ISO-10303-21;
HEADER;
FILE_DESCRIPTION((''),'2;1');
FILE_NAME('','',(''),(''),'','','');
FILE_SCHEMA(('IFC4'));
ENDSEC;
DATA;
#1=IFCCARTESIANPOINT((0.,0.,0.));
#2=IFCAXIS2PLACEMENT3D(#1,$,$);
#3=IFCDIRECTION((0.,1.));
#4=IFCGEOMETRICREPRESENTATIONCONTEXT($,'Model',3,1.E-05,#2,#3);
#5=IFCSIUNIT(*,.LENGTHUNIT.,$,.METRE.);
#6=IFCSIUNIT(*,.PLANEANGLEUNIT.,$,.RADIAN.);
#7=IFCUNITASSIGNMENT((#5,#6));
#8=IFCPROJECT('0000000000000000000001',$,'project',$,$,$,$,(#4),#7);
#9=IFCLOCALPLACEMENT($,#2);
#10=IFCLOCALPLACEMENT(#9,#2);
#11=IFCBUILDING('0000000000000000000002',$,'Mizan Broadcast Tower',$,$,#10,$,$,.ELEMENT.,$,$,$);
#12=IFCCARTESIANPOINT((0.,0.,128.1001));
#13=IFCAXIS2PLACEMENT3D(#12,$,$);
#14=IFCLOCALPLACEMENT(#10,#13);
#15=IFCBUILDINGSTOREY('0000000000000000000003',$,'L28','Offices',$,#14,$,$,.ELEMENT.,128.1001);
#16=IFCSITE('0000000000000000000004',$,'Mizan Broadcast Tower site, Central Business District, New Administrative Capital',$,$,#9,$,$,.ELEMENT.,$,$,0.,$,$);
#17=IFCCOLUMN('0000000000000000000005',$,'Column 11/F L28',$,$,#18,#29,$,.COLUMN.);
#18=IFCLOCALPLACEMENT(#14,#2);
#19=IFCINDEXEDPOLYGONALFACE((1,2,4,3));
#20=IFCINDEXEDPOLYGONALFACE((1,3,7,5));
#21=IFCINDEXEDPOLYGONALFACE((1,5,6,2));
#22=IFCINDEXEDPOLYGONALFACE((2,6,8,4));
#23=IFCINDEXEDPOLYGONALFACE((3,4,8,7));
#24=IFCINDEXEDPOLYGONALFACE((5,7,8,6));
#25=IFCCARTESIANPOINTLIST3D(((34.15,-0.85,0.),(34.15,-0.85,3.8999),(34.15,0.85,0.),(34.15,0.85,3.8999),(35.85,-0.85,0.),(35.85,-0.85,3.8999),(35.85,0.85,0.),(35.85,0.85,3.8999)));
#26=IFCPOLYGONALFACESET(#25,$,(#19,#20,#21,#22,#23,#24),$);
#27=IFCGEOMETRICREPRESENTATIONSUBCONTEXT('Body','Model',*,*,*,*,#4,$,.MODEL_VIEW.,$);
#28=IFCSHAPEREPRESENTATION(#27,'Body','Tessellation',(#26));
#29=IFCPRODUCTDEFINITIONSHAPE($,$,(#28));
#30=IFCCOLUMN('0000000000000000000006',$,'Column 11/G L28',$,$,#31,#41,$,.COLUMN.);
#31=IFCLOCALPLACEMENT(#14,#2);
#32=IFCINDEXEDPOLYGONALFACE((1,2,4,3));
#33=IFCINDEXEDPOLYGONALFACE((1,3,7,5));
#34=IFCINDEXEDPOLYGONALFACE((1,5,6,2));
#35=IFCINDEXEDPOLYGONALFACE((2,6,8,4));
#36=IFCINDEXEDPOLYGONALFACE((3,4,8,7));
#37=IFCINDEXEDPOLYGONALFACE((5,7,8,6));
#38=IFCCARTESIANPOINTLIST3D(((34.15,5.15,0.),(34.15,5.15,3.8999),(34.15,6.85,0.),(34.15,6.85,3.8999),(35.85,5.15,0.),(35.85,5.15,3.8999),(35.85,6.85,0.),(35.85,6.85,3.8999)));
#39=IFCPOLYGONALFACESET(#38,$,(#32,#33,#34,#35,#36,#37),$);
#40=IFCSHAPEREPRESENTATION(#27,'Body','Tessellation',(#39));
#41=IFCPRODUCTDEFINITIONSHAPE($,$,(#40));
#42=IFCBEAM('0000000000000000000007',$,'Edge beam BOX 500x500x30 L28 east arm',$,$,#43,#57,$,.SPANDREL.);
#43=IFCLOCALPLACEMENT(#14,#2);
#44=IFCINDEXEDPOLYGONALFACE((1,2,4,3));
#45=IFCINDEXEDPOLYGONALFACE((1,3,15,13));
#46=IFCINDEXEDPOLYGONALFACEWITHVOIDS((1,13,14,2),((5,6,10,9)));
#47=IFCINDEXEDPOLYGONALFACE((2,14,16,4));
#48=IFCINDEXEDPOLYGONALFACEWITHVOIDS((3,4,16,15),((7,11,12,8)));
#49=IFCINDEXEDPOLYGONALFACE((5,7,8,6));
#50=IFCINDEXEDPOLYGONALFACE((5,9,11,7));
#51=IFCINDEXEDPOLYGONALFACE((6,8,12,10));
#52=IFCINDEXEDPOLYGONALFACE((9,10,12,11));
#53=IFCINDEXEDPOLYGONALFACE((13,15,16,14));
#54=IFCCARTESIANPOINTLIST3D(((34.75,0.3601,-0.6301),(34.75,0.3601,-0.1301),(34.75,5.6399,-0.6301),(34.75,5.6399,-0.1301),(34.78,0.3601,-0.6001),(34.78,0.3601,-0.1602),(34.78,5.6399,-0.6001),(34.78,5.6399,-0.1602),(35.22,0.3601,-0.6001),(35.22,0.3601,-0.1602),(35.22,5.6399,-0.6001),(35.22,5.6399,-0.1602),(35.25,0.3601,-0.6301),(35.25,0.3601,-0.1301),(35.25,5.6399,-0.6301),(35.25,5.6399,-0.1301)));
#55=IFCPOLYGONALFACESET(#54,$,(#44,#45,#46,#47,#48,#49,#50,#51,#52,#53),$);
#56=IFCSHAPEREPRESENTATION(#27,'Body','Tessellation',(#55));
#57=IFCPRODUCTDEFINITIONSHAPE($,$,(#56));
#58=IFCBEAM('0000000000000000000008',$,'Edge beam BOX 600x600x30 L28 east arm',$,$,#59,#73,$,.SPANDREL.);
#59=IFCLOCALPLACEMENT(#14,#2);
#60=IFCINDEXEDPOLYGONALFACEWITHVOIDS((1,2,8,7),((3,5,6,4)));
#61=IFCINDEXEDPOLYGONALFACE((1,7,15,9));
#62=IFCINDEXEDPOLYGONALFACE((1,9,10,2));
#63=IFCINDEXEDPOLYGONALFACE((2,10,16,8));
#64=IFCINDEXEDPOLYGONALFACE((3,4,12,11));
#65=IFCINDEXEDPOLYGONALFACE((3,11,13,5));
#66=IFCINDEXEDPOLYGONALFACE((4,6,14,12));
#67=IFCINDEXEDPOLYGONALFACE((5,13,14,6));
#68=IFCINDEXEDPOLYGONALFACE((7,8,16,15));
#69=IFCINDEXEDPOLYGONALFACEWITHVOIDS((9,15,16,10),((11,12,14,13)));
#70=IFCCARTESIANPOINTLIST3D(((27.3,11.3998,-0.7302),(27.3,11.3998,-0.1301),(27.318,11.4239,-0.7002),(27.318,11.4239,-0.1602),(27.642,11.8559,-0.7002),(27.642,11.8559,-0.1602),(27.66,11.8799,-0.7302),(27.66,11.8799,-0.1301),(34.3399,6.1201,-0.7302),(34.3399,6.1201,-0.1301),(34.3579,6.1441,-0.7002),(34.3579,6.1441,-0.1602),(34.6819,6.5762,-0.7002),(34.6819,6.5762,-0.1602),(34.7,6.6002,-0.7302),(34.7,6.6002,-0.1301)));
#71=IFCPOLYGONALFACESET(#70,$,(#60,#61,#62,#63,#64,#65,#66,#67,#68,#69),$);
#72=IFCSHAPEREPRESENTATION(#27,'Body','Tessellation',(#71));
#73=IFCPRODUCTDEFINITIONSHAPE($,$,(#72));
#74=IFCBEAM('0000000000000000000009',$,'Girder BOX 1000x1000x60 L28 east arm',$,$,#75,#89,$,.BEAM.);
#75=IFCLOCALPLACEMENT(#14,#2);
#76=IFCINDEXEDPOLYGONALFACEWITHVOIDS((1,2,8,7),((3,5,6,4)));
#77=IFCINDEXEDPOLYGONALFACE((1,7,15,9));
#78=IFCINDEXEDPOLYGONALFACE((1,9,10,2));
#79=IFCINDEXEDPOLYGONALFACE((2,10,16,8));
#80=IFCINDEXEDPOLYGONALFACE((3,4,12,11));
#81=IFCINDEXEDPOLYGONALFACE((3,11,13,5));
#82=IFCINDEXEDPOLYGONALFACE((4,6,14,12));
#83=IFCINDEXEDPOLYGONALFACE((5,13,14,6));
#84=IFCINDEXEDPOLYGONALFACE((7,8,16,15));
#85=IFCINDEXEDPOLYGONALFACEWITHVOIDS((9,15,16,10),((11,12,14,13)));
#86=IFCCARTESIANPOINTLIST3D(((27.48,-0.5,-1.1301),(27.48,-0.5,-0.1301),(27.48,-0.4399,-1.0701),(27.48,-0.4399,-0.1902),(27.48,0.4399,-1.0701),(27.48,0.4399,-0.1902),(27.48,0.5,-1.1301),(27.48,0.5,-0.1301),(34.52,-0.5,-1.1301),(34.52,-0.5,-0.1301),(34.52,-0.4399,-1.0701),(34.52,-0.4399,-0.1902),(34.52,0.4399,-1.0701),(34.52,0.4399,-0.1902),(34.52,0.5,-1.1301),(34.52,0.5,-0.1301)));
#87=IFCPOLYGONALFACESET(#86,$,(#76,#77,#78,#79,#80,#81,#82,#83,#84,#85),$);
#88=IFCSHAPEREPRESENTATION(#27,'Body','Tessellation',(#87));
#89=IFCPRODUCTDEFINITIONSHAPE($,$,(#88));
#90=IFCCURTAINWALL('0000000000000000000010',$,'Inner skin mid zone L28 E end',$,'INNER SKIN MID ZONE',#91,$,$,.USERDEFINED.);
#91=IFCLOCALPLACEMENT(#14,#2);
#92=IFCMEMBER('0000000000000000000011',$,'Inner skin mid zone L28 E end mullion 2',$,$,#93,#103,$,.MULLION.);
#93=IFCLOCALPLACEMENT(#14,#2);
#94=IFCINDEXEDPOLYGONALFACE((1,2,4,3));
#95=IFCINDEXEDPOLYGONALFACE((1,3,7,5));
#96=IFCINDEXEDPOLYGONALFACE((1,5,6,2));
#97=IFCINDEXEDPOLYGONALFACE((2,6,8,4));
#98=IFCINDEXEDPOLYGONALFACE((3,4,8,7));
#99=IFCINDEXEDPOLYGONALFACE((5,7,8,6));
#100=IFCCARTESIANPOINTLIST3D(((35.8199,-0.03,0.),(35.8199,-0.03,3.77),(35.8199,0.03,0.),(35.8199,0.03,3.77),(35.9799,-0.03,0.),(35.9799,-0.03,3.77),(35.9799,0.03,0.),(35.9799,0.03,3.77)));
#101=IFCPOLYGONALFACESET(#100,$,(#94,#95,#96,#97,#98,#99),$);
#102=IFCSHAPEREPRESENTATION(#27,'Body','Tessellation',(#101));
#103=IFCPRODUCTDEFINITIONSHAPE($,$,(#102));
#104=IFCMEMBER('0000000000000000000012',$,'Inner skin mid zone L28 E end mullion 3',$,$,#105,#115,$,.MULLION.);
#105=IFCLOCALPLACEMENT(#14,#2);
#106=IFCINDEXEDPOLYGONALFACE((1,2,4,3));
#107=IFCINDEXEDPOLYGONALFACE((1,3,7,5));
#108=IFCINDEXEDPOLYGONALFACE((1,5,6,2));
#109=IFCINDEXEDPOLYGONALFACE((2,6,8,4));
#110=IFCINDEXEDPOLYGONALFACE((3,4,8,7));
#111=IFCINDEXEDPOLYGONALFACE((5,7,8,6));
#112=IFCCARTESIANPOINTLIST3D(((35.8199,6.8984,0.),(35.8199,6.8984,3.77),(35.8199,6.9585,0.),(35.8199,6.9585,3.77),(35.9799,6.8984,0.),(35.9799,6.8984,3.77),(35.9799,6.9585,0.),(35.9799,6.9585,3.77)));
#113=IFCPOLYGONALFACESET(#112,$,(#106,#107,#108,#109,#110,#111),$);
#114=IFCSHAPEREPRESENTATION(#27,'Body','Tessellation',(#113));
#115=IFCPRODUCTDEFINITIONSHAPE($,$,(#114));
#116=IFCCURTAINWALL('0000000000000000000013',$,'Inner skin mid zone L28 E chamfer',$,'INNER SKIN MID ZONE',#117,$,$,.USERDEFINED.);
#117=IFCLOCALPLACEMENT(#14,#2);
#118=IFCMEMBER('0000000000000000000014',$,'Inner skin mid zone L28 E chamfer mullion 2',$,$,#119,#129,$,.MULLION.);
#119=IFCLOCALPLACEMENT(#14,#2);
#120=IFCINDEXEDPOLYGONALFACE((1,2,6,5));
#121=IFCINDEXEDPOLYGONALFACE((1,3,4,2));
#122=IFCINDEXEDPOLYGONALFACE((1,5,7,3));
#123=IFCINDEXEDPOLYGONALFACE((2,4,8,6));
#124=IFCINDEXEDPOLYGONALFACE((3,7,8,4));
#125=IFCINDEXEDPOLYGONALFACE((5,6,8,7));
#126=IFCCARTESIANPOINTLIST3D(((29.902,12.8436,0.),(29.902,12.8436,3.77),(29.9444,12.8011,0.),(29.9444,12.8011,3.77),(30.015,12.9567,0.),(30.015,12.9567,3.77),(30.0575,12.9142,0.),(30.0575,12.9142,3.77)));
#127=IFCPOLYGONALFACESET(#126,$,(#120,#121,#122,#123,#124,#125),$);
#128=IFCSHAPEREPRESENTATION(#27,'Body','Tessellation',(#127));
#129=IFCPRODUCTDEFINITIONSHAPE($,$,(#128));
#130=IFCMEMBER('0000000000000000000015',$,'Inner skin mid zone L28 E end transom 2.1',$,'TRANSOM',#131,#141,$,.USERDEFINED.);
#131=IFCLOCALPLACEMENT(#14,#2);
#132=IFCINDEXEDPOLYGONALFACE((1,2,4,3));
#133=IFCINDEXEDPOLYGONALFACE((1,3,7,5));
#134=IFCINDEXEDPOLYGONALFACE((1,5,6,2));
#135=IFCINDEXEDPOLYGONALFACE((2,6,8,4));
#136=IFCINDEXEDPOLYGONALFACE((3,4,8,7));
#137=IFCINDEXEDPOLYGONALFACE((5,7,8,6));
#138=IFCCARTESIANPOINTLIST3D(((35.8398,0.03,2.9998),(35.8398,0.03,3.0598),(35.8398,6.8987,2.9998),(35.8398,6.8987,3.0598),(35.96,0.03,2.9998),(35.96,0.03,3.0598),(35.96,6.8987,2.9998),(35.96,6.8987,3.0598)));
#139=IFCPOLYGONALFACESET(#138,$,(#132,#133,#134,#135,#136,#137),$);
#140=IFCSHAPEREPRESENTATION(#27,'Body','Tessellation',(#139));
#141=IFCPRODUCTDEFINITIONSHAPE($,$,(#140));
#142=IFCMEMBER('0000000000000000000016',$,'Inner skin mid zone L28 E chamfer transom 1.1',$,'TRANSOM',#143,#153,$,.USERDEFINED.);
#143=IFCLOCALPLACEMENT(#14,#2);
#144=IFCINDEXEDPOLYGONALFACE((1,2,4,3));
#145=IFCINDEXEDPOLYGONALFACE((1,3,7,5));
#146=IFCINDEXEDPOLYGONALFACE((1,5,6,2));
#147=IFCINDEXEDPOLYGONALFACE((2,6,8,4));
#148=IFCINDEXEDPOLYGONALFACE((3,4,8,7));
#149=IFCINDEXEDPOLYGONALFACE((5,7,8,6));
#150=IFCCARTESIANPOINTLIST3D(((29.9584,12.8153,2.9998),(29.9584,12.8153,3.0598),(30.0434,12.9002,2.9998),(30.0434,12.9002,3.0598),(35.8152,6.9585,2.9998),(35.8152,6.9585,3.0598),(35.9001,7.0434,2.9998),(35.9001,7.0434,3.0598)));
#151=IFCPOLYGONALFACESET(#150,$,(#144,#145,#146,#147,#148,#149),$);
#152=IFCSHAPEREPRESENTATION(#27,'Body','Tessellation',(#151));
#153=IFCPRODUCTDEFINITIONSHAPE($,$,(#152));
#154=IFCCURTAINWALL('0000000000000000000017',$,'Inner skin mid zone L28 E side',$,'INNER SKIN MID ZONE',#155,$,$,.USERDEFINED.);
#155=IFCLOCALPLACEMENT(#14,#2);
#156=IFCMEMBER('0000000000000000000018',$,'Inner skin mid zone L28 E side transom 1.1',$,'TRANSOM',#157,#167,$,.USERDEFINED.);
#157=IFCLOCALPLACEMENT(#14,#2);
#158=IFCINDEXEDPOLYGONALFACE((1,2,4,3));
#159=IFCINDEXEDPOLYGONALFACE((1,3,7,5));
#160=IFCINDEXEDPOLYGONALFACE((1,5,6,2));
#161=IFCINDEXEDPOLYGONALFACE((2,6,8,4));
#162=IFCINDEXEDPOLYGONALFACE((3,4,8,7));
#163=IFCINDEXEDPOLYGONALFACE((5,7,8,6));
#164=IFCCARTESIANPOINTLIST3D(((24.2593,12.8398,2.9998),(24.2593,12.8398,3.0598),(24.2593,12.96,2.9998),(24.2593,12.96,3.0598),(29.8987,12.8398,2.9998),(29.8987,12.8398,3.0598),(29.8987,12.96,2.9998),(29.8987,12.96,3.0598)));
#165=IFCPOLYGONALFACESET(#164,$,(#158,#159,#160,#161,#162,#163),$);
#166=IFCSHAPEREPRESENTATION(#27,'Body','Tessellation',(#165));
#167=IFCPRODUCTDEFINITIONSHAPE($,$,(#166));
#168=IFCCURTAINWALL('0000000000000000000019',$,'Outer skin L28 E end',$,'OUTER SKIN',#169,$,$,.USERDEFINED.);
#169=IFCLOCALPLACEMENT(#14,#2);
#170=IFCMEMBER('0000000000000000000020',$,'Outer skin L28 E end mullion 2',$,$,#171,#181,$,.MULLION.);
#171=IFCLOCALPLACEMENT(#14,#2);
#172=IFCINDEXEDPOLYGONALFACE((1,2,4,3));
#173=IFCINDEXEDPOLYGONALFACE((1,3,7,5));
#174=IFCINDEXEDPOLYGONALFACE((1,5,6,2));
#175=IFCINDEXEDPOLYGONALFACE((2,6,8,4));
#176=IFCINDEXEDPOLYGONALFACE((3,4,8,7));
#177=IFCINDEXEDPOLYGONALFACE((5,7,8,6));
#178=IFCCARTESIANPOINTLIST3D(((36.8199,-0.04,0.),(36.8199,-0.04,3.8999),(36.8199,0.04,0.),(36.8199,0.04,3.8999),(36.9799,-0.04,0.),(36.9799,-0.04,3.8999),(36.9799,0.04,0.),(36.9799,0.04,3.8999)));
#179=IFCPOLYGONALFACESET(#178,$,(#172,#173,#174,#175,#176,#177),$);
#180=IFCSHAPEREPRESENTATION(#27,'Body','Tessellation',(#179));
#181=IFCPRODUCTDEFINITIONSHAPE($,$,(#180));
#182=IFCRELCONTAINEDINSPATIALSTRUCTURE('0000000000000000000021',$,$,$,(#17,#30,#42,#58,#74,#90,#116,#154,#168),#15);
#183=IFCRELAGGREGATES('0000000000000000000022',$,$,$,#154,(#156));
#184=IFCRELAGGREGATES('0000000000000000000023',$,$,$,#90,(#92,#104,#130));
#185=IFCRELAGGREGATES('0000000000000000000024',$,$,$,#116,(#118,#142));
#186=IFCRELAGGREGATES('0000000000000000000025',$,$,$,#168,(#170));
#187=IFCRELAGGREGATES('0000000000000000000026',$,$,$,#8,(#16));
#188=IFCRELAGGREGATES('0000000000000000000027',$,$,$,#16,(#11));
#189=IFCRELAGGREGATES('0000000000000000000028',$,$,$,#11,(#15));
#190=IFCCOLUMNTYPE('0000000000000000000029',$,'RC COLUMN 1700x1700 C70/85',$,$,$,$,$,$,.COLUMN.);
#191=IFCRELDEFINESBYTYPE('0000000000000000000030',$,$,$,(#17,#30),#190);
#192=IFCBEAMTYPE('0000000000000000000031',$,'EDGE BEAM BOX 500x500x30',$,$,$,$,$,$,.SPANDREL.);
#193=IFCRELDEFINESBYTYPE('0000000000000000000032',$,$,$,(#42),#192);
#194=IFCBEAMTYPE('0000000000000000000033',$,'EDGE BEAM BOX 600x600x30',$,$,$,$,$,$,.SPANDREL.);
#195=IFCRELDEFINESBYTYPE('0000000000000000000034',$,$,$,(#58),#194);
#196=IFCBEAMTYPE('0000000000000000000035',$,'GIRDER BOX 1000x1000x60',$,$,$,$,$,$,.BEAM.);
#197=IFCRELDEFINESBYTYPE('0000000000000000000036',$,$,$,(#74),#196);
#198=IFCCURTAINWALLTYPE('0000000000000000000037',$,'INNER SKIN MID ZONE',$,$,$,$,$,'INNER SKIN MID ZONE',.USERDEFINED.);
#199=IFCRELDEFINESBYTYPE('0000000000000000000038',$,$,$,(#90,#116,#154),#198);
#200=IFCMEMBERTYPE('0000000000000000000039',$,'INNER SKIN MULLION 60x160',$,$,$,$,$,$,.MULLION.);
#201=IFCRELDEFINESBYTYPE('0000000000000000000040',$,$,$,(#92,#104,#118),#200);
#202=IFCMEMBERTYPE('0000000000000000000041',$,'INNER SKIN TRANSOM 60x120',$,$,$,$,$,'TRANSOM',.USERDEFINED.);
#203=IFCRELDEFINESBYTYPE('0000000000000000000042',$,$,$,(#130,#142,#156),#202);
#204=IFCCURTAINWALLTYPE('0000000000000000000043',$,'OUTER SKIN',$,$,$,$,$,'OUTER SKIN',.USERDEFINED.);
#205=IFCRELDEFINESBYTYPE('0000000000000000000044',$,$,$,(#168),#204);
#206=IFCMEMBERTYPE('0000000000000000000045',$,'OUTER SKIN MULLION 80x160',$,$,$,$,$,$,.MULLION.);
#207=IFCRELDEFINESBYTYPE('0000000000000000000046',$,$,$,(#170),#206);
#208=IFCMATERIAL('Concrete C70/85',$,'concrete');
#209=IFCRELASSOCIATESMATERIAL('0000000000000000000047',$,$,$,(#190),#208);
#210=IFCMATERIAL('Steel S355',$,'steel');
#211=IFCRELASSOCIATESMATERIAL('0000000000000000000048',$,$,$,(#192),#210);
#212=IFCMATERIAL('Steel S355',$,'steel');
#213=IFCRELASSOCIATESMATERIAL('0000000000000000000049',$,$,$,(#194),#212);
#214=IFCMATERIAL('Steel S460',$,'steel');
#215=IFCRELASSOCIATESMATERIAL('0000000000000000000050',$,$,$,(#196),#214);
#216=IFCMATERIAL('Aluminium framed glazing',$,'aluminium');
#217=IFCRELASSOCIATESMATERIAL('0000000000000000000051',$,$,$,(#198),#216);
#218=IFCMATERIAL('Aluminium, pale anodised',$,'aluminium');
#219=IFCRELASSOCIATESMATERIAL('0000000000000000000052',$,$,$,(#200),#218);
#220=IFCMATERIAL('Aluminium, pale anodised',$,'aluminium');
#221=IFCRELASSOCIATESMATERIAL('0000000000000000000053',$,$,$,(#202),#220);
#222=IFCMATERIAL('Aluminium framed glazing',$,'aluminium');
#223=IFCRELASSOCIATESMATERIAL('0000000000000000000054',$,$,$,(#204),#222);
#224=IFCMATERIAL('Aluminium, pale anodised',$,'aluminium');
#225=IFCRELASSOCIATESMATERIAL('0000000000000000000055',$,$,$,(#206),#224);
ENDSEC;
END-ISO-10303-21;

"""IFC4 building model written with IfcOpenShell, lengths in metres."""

from ifc_helpers import new_model, si_unit, direction, frame, origin, origin_2d, place, context, subcontext, project, spatial, rectangle, hollow_rectangle, extrude, material, material_profile, profile_set, type_object, element, aggregate, save


model = new_model("IFC4")

# Units and contexts
model_context = context("Model", 3, precision=1e-05, world=origin(), true_north=direction((0.0, 1.0)))
body_context = subcontext(model_context, "Body", "Model", "MODEL_VIEW")
ifc_project = project(units=[si_unit("LENGTHUNIT", "METRE"), si_unit("PLANEANGLEUNIT", "RADIAN")], contexts=[model_context])

# Site, building, storey
site_placement = place(None, origin())
site = spatial("IfcSite", under=ifc_project, at=site_placement, Name="Mizan Broadcast Tower site, Central Business District, New Administrative Capital", CompositionType="ELEMENT", RefElevation=0.0)
building_placement = place(site_placement, origin())
building = spatial("IfcBuilding", under=site, at=building_placement, Name="Mizan Broadcast Tower", CompositionType="ELEMENT")
storey_placement = place(building_placement, frame((0.0, 0.0, 128.1001)))
storey = spatial("IfcBuildingStorey", under=building, at=storey_placement, Name="L28", Description="Offices", CompositionType="ELEMENT", Elevation=128.1001)

# Columns
ifc_material_1 = material(Name="Concrete C70/85", Category="concrete")
ifc_material_profile_1 = material_profile(ifc_material_1, rectangle(XDim=1.7, YDim=1.7, at=origin_2d()), Name="RC 1700x1700")
ifc_profile_set_1 = profile_set([ifc_material_profile_1], Name="Concrete C70/85")
column_type = type_object("IfcColumnType", Name="RC COLUMN 1700x1700 C70/85", PredefinedType="COLUMN", material=ifc_profile_set_1)
for number, where, z_axis, x_axis, name in (
    (1, (35.0, 0.0, 0.0), (0.0, 0.0, 1.0), (1.0, 0.0, 0.0), "Column 11/F L28"),
    (2, (35.0, 6.0, 0.0), (0.0, 0.0, 1.0), (1.0, 0.0, 0.0), "Column 11/G L28"),
):
    element("IfcColumn", number, at=place(storey_placement, frame(where, z_axis=z_axis, x_axis=x_axis)), inside=storey, type_object=column_type, Name=name, PredefinedType="COLUMN", context=body_context, shape_type="SweptSolid", body=[
        extrude(rectangle(XDim=1.7, YDim=1.7, at=origin_2d()), origin(), (0.0, 0.0, 1.0), 3.8999),
    ])

# Beams
ifc_material_2 = material(Name="Steel S355", Category="steel")
ifc_material_profile_2 = material_profile(ifc_material_2, hollow_rectangle(XDim=0.5, YDim=0.5, WallThickness=0.03, at=origin_2d()), Name="BOX 500x500x30")
ifc_profile_set_2 = profile_set([ifc_material_profile_2], Name="Steel S355")
beam_type_1 = type_object("IfcBeamType", Name="EDGE BEAM BOX 500x500x30", PredefinedType="SPANDREL", material=ifc_profile_set_2)
beam_1_placement = place(storey_placement, frame((35.0, 5.6399, -0.3801), z_axis=(0.0, -1.0, 0.0), x_axis=(1.0, 0.0, 0.0)))
element("IfcBeam", 3, at=beam_1_placement, inside=storey, type_object=beam_type_1, Name="Edge beam BOX 500x500x30 L28 east arm", PredefinedType="SPANDREL", context=body_context, shape_type="SweptSolid", body=[
    extrude(hollow_rectangle(XDim=0.5, YDim=0.5, WallThickness=0.03, at=origin_2d()), origin(), (0.0, 0.0, 1.0), 5.2798),
])
ifc_material_3 = material(Name="Steel S355", Category="steel")
ifc_material_profile_3 = material_profile(ifc_material_3, hollow_rectangle(XDim=0.6001, YDim=0.6001, WallThickness=0.03, at=origin_2d()), Name="BOX 600x600x30")
ifc_profile_set_3 = profile_set([ifc_material_profile_3], Name="Steel S355")
beam_type_2 = type_object("IfcBeamType", Name="EDGE BEAM BOX 600x600x30", PredefinedType="SPANDREL", material=ifc_profile_set_3)
beam_2_placement = place(storey_placement, frame((27.48, 11.6399, -0.4302), z_axis=(0.800013, -0.599982, 0.0), x_axis=(0.599982, 0.800013, 0.0)))
element("IfcBeam", 4, at=beam_2_placement, inside=storey, type_object=beam_type_2, Name="Edge beam BOX 600x600x30 L28 east arm", PredefinedType="SPANDREL", context=body_context, shape_type="SweptSolid", body=[
    extrude(hollow_rectangle(XDim=0.6001, YDim=0.6001, WallThickness=0.03, at=origin_2d()), origin(), (0.0, 0.0, 1.0), 8.7998),
])
ifc_material_4 = material(Name="Steel S460", Category="steel")
ifc_material_profile_4 = material_profile(ifc_material_4, hollow_rectangle(XDim=1.0, YDim=1.0, WallThickness=0.0601, at=origin_2d()), Name="BOX 1000x1000x60")
ifc_profile_set_4 = profile_set([ifc_material_profile_4], Name="Steel S460")
beam_type_3 = type_object("IfcBeamType", Name="GIRDER BOX 1000x1000x60", PredefinedType="BEAM", material=ifc_profile_set_4)
beam_3_placement = place(storey_placement, frame((27.48, 0.0, -0.6301), z_axis=(1.0, 0.0, 0.0), x_axis=(0.0, 1.0, 0.0)))
element("IfcBeam", 5, at=beam_3_placement, inside=storey, type_object=beam_type_3, Name="Girder BOX 1000x1000x60 L28 east arm", PredefinedType="BEAM", context=body_context, shape_type="SweptSolid", body=[
    extrude(hollow_rectangle(XDim=1.0, YDim=1.0, WallThickness=0.0601, at=origin_2d()), origin(), (0.0, 0.0, 1.0), 7.04),
])

# Curtain wall, members
ifc_material_5 = material(Name="Aluminium framed glazing", Category="aluminium")
curtain_wall_type_1 = type_object("IfcCurtainWallType", Name="INNER SKIN MID ZONE", ElementType="INNER SKIN MID ZONE", PredefinedType="USERDEFINED", material=ifc_material_5)
curtain_wall_1_placement = place(storey_placement, origin())
curtain_wall_1 = element("IfcCurtainWall", 6, at=curtain_wall_1_placement, inside=storey, type_object=curtain_wall_type_1, Name="Inner skin mid zone L28 E end", ObjectType="INNER SKIN MID ZONE", PredefinedType="USERDEFINED")
ifc_material_6 = material(Name="Aluminium, pale anodised", Category="aluminium")
ifc_material_profile_5 = material_profile(ifc_material_6, rectangle(XDim=0.1599, YDim=0.0601, at=origin_2d()), Name="MULLION 160x60")
ifc_profile_set_5 = profile_set([ifc_material_profile_5], Name="Aluminium, pale anodised")
member_type_1 = type_object("IfcMemberType", Name="INNER SKIN MULLION 60x160", PredefinedType="MULLION", material=ifc_profile_set_5)
member_1_placement = place(storey_placement, frame((35.8999, 0.0, 0.0), z_axis=(0.0, 0.0, 1.0), x_axis=(-1.0, 0.0, 0.0)))
member_1 = element("IfcMember", 7, at=member_1_placement, type_object=member_type_1, Name="Inner skin mid zone L28 E end mullion 2", PredefinedType="MULLION", context=body_context, shape_type="SweptSolid", body=[
    extrude(rectangle(XDim=0.1599, YDim=0.0601, at=origin_2d()), origin(), (0.0, 0.0, 1.0), 3.77),
])
member_2_placement = place(storey_placement, frame((35.8999, 6.9285, 0.0), z_axis=(0.0, 0.0, 1.0), x_axis=(-1.0, 0.0, 0.0)))
member_2 = element("IfcMember", 8, at=member_2_placement, type_object=member_type_1, Name="Inner skin mid zone L28 E end mullion 3", PredefinedType="MULLION", context=body_context, shape_type="SweptSolid", body=[
    extrude(rectangle(XDim=0.1599, YDim=0.0601, at=origin_2d()), origin(), (0.0, 0.0, 1.0), 3.77),
])

# Curtain wall, member
curtain_wall_2_placement = place(storey_placement, origin())
curtain_wall_2 = element("IfcCurtainWall", 9, at=curtain_wall_2_placement, inside=storey, type_object=curtain_wall_type_1, Name="Inner skin mid zone L28 E chamfer", ObjectType="INNER SKIN MID ZONE", PredefinedType="USERDEFINED")
member_3_placement = place(storey_placement, frame((29.9797, 12.8789, 0.0), z_axis=(0.0, 0.0, 1.0), x_axis=(-0.707107, -0.707107, 0.0)))
member_3 = element("IfcMember", 10, at=member_3_placement, type_object=member_type_1, Name="Inner skin mid zone L28 E chamfer mullion 2", PredefinedType="MULLION", context=body_context, shape_type="SweptSolid", body=[
    extrude(rectangle(XDim=0.1599, YDim=0.0601, at=origin_2d()), origin(), (0.0, 0.0, 1.0), 3.77),
])

# Members
ifc_material_7 = material(Name="Aluminium, pale anodised", Category="aluminium")
ifc_material_profile_6 = material_profile(ifc_material_7, rectangle(XDim=0.1201, YDim=0.0601, at=origin_2d()), Name="TRANSOM 120x60")
ifc_profile_set_6 = profile_set([ifc_material_profile_6], Name="Aluminium, pale anodised")
member_type_2 = type_object("IfcMemberType", Name="INNER SKIN TRANSOM 60x120", ElementType="TRANSOM", PredefinedType="USERDEFINED", material=ifc_profile_set_6)
member_4_placement = place(storey_placement, frame((35.8999, 0.03, 3.0298), z_axis=(0.0, 1.0, 0.0), x_axis=(-1.0, 0.0, 0.0)))
member_4 = element("IfcMember", 11, at=member_4_placement, type_object=member_type_2, Name="Inner skin mid zone L28 E end transom 2.1", ObjectType="TRANSOM", PredefinedType="USERDEFINED", context=body_context, shape_type="SweptSolid", body=[
    extrude(rectangle(XDim=0.1201, YDim=0.0601, at=origin_2d()), origin(), (0.0, 0.0, 1.0), 6.8687),
])
member_5_placement = place(storey_placement, frame((35.8577, 7.001, 3.0298), z_axis=(-0.707107, 0.707107, 0.0), x_axis=(-0.707107, -0.707107, 0.0)))
member_5 = element("IfcMember", 12, at=member_5_placement, type_object=member_type_2, Name="Inner skin mid zone L28 E chamfer transom 1.1", ObjectType="TRANSOM", PredefinedType="USERDEFINED", context=body_context, shape_type="SweptSolid", body=[
    extrude(rectangle(XDim=0.1201, YDim=0.0601, at=origin_2d()), origin(), (0.0, 0.0, 1.0), 8.2827),
])

# Curtain wall, member
curtain_wall_3_placement = place(storey_placement, origin())
curtain_wall_3 = element("IfcCurtainWall", 13, at=curtain_wall_3_placement, inside=storey, type_object=curtain_wall_type_1, Name="Inner skin mid zone L28 E side", ObjectType="INNER SKIN MID ZONE", PredefinedType="USERDEFINED")
member_6_placement = place(storey_placement, frame((29.8987, 12.8999, 3.0298), z_axis=(-1.0, 0.0, 0.0), x_axis=(0.0, -1.0, 0.0)))
member_6 = element("IfcMember", 14, at=member_6_placement, type_object=member_type_2, Name="Inner skin mid zone L28 E side transom 1.1", ObjectType="TRANSOM", PredefinedType="USERDEFINED", context=body_context, shape_type="SweptSolid", body=[
    extrude(rectangle(XDim=0.1201, YDim=0.0601, at=origin_2d()), origin(), (0.0, 0.0, 1.0), 5.6394),
])
aggregate(curtain_wall_3, [member_6])

# Curtain wall, member
ifc_material_8 = material(Name="Aluminium framed glazing", Category="aluminium")
curtain_wall_type_2 = type_object("IfcCurtainWallType", Name="OUTER SKIN", ElementType="OUTER SKIN", PredefinedType="USERDEFINED", material=ifc_material_8)
curtain_wall_4_placement = place(storey_placement, origin())
curtain_wall_4 = element("IfcCurtainWall", 15, at=curtain_wall_4_placement, inside=storey, type_object=curtain_wall_type_2, Name="Outer skin L28 E end", ObjectType="OUTER SKIN", PredefinedType="USERDEFINED")
ifc_material_9 = material(Name="Aluminium, pale anodised", Category="aluminium")
ifc_material_profile_7 = material_profile(ifc_material_9, rectangle(XDim=0.1599, YDim=0.0801, at=origin_2d()), Name="MULLION 160x80")
ifc_profile_set_7 = profile_set([ifc_material_profile_7], Name="Aluminium, pale anodised")
member_type_3 = type_object("IfcMemberType", Name="OUTER SKIN MULLION 80x160", PredefinedType="MULLION", material=ifc_profile_set_7)
member_7_placement = place(storey_placement, frame((36.8999, 0.0, 0.0), z_axis=(0.0, 0.0, 1.0), x_axis=(-1.0, 0.0, 0.0)))
member_7 = element("IfcMember", 16, at=member_7_placement, type_object=member_type_3, Name="Outer skin L28 E end mullion 2", PredefinedType="MULLION", context=body_context, shape_type="SweptSolid", body=[
    extrude(rectangle(XDim=0.1599, YDim=0.0801, at=origin_2d()), origin(), (0.0, 0.0, 1.0), 3.8999),
])

aggregate(curtain_wall_1, [member_1, member_2, member_4])
aggregate(curtain_wall_2, [member_3, member_5])
aggregate(curtain_wall_4, [member_7])

save(model, "model.ifc")
